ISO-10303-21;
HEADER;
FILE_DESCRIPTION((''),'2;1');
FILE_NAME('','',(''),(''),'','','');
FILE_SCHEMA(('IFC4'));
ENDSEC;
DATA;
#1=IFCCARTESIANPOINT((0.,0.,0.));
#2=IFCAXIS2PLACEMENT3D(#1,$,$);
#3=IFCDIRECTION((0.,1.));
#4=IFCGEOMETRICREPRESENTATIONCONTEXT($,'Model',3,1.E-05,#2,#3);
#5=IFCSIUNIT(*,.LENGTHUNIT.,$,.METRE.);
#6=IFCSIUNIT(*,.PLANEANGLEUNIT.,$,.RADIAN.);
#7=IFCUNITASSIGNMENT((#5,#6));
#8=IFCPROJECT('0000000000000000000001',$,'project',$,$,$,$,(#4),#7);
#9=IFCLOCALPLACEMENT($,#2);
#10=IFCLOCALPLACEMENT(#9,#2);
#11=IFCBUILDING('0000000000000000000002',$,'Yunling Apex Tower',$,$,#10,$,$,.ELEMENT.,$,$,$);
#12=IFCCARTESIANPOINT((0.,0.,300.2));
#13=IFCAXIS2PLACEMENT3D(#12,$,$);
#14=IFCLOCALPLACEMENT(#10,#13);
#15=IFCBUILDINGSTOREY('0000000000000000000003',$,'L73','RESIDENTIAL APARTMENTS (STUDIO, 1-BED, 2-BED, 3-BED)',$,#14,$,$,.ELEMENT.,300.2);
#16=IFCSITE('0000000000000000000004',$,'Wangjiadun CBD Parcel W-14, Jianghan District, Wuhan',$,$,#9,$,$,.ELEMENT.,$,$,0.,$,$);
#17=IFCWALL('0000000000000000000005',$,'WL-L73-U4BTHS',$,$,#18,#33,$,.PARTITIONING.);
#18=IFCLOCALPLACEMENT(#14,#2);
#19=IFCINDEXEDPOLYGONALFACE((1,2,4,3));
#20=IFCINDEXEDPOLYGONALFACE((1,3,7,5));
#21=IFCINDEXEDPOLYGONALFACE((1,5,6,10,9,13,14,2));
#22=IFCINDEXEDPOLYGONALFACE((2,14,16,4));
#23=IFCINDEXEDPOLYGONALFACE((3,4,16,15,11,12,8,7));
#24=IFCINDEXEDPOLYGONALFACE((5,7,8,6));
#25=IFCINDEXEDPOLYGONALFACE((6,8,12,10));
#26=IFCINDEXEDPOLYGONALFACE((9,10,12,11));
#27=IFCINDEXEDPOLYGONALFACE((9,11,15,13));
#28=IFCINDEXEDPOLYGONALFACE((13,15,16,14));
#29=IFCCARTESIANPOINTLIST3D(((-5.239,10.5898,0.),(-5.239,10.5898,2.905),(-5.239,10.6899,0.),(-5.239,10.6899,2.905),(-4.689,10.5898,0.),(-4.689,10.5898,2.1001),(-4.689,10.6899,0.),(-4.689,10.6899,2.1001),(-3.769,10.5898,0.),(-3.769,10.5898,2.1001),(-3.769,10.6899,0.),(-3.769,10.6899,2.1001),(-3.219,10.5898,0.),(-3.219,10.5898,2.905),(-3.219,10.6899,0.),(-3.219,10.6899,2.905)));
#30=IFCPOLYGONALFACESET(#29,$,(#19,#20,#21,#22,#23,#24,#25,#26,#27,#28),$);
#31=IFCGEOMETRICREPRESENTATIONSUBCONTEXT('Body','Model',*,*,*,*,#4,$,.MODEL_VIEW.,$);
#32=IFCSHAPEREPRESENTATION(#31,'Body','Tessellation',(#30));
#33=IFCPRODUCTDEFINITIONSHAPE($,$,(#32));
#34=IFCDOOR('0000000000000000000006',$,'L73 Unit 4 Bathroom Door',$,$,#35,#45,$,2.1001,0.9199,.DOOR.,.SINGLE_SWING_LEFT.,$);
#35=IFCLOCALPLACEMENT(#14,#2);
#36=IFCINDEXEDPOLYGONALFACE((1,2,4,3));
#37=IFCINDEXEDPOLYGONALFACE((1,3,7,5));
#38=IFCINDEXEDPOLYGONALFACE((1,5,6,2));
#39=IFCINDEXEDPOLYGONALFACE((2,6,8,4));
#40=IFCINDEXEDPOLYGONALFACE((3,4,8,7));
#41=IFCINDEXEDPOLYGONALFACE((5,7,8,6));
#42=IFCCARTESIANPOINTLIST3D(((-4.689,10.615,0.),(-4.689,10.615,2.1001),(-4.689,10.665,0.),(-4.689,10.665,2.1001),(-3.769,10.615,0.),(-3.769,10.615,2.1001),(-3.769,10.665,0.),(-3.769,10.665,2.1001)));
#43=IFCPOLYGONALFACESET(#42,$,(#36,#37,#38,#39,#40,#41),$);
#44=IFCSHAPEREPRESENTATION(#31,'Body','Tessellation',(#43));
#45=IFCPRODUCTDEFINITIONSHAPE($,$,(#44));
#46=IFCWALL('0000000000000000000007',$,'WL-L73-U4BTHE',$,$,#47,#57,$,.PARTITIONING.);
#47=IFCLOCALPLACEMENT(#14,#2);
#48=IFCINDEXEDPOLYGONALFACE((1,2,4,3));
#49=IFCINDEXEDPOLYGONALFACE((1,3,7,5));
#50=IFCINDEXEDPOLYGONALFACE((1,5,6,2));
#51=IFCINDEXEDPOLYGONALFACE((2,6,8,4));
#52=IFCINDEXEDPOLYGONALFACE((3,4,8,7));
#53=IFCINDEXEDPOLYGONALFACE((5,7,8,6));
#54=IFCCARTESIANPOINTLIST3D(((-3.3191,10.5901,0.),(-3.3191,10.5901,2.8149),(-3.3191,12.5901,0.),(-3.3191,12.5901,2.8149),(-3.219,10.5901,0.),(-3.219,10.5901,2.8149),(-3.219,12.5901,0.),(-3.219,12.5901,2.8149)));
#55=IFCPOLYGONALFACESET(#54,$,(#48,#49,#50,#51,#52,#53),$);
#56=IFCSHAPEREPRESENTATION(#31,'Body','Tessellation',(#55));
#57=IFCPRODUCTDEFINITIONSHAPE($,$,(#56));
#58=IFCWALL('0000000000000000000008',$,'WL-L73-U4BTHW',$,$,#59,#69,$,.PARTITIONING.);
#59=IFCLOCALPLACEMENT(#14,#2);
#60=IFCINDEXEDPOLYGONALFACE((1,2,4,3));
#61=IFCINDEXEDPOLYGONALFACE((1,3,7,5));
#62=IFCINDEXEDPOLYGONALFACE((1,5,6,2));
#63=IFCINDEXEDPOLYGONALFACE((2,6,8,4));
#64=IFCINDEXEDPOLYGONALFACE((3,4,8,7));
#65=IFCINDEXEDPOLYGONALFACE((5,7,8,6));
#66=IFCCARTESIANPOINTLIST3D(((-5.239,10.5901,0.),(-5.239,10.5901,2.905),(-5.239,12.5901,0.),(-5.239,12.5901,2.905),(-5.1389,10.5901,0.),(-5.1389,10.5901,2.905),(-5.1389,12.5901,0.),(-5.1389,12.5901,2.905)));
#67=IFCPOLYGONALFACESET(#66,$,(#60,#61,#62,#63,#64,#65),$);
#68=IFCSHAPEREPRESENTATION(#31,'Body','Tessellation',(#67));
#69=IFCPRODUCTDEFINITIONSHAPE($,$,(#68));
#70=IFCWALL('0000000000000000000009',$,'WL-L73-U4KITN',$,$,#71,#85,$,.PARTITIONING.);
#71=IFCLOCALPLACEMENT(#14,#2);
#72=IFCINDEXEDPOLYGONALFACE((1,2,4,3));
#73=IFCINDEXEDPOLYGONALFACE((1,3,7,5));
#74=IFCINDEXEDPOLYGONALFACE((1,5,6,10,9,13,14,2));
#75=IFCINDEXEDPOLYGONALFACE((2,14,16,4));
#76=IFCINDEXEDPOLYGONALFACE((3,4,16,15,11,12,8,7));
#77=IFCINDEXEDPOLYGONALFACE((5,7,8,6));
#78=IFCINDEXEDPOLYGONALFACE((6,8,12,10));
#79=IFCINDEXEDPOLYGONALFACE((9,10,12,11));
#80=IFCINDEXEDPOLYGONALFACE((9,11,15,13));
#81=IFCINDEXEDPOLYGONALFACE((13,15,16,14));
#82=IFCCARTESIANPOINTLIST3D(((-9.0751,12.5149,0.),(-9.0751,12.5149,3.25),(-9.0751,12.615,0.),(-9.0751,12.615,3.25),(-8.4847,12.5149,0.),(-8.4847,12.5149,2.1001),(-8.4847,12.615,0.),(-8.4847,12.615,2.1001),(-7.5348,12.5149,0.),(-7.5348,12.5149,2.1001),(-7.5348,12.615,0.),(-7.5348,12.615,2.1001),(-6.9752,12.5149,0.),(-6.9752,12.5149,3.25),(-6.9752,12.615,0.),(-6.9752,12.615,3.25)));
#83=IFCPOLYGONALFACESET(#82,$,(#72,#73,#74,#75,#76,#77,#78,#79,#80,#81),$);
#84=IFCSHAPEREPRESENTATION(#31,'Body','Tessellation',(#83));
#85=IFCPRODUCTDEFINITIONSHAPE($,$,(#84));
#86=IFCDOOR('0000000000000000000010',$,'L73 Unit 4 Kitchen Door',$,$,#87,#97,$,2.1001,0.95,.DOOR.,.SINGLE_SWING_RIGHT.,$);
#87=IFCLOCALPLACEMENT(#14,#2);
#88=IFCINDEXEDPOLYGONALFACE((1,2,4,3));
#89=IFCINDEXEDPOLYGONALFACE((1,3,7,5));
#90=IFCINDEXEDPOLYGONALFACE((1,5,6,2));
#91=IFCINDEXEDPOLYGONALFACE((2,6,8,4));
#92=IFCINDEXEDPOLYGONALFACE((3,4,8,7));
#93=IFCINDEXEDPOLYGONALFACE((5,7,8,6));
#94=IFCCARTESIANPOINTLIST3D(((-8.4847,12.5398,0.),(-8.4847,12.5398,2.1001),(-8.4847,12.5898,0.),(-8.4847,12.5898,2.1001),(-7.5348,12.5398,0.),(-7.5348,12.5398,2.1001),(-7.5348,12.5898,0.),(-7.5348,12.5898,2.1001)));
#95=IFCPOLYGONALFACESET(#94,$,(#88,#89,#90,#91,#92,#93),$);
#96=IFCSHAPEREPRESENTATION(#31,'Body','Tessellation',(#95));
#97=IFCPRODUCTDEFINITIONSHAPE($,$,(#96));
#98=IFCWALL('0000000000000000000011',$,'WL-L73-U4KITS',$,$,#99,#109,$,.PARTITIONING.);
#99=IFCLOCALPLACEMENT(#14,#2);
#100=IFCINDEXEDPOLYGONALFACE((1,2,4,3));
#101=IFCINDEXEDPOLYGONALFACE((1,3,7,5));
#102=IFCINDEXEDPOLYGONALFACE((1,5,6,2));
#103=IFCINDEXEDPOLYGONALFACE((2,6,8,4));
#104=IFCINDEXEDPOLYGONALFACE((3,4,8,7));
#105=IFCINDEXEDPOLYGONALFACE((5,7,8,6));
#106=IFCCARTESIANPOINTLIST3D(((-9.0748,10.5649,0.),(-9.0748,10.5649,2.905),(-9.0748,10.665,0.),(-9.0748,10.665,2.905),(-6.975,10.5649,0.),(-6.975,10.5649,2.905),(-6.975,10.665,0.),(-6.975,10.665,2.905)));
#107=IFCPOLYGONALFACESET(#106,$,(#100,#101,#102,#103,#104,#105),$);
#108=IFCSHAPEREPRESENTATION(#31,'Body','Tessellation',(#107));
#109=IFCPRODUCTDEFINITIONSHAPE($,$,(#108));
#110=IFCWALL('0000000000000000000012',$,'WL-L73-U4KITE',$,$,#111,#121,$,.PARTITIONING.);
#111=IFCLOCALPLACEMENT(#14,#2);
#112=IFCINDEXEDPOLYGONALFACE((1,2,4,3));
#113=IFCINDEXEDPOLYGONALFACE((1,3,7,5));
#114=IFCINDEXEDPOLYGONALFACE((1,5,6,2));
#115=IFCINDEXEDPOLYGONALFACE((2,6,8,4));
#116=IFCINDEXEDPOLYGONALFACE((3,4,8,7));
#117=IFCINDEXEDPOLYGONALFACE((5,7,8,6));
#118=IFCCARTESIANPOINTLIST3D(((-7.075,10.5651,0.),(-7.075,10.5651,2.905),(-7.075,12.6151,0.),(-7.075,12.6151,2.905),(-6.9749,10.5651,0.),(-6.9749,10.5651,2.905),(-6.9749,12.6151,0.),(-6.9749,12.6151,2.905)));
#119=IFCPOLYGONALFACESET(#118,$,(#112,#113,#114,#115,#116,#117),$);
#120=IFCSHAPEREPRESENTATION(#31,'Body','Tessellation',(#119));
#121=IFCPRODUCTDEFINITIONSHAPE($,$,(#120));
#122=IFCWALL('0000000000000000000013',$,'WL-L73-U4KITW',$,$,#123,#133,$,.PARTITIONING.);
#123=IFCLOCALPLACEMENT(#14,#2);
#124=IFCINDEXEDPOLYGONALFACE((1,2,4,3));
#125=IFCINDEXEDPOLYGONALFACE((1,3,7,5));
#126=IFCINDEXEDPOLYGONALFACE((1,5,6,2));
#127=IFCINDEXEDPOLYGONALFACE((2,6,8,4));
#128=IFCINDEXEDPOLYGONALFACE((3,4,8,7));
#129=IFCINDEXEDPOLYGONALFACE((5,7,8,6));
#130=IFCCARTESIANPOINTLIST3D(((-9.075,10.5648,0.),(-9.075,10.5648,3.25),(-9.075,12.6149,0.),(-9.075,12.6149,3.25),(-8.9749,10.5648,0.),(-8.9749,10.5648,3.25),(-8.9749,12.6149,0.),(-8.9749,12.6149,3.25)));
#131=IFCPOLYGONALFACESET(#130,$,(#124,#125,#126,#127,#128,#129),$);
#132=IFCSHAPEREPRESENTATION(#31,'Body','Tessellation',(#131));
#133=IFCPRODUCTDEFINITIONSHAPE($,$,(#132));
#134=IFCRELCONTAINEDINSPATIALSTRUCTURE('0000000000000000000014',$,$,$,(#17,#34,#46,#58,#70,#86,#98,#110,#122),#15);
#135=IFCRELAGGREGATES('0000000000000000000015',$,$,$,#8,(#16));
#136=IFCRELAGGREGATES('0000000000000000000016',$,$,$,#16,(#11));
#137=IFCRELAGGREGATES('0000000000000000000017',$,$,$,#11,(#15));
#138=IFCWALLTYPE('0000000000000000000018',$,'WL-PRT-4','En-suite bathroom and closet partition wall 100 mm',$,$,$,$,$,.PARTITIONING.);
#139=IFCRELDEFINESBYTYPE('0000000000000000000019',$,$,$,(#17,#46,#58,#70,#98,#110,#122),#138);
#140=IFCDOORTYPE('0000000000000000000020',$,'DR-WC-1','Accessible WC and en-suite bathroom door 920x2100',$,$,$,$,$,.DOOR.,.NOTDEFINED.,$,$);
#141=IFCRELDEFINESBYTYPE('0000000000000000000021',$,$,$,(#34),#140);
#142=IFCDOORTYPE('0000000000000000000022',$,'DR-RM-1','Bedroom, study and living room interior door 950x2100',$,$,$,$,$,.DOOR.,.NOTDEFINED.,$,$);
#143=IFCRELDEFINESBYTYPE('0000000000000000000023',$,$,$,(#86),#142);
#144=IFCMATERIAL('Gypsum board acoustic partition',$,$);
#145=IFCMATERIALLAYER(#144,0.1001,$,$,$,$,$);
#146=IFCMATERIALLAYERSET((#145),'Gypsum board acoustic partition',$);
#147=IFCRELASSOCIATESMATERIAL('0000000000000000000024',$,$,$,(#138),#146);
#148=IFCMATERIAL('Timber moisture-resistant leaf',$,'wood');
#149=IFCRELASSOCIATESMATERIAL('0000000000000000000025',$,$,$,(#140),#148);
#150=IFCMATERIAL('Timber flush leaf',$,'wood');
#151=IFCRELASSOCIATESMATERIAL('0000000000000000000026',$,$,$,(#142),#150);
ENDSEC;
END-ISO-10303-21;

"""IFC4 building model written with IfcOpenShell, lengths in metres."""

from ifc_helpers import new_model, si_unit, direction, frame, frame_2d, origin, place, context, subcontext, project, spatial, rectangle, extrude, material, layer, layer_set, type_object, element, fill, save


model = new_model("IFC4")

# Units and contexts
model_context = context("Model", 3, precision=1e-05, world=origin(), true_north=direction((0.0, 1.0)))
body_context = subcontext(model_context, "Body", "Model", "MODEL_VIEW")
ifc_project = project(units=[si_unit("LENGTHUNIT", "METRE"), si_unit("PLANEANGLEUNIT", "RADIAN")], contexts=[model_context])

# Site, building, storey
site_placement = place(None, origin())
site = spatial("IfcSite", under=ifc_project, at=site_placement, Name="Wangjiadun CBD Parcel W-14, Jianghan District, Wuhan", CompositionType="ELEMENT", RefElevation=0.0)
building_placement = place(site_placement, origin())
building = spatial("IfcBuilding", under=site, at=building_placement, Name="Yunling Apex Tower", CompositionType="ELEMENT")
storey_placement = place(building_placement, frame((0.0, 0.0, 300.2)))
storey = spatial("IfcBuildingStorey", under=building, at=storey_placement, Name="L73", Description="RESIDENTIAL APARTMENTS (STUDIO, 1-BED, 2-BED, 3-BED)", CompositionType="ELEMENT", Elevation=300.2)

# Shared definitions
ifc_material_1 = material(Name="Gypsum board acoustic partition")
ifc_layer_1 = layer(ifc_material_1, 0.1001)
ifc_layer_set_1 = layer_set([ifc_layer_1], Name="Gypsum board acoustic partition")
wall_type_1 = type_object("IfcWallType", Name="WL-PRT-4", Description="En-suite bathroom and closet partition wall 100 mm", PredefinedType="PARTITIONING", material=ifc_layer_set_1)

# Wall, opening, door
wall_1_placement = place(storey_placement, frame((-3.219, 10.6399, 0.0), z_axis=(0.0, 0.0, 1.0), x_axis=(-1.0, 0.0, 0.0)))
wall_1 = element("IfcWall", 1, at=wall_1_placement, inside=storey, type_object=wall_type_1, Name="WL-L73-U4BTHS", PredefinedType="PARTITIONING", context=body_context, shape_type="SweptSolid", body=[
    extrude(rectangle(XDim=2.02, YDim=0.1001, at=frame_2d((1.01, 0.0))), origin(), (0.0, 0.0, 1.0), 2.905),
])
opening_1_placement = place(wall_1_placement, frame((0.55, 0.0, 0.0)))
opening_1 = element("IfcOpeningElement", 2, at=opening_1_placement, cuts=wall_1, PredefinedType="OPENING", context=body_context, shape_type="SweptSolid", body=[
    extrude(rectangle(XDim=0.9199, YDim=2.1001, at=frame_2d((0.46, 1.05))), frame((0.0, 0.0601, 0.0), z_axis=(0.0, -1.0, 0.0), x_axis=(1.0, 0.0, 0.0)), (0.0, 0.0, 1.0), 0.1201),
])
ifc_material_2 = material(Name="Timber moisture-resistant leaf", Category="wood")
door_type_1 = type_object("IfcDoorType", Name="DR-WC-1", Description="Accessible WC and en-suite bathroom door 920x2100", OperationType="NOTDEFINED", PredefinedType="DOOR", material=ifc_material_2)
door_1_placement = place(opening_1_placement, origin())
door_1 = element("IfcDoor", 3, at=door_1_placement, inside=storey, type_object=door_type_1, Name="L73 Unit 4 Bathroom Door", OperationType="SINGLE_SWING_LEFT", OverallHeight=2.1001, OverallWidth=0.9199, PredefinedType="DOOR", context=body_context, shape_type="SweptSolid", body=[
    extrude(rectangle(XDim=0.9199, YDim=2.1001, at=frame_2d((0.46, 1.05))), frame((0.0, 0.0249, 0.0), z_axis=(0.0, -1.0, 0.0), x_axis=(1.0, 0.0, 0.0)), (0.0, 0.0, 1.0), 0.05),
])
fill(opening_1, door_1)

# Walls
wall_2_placement = place(storey_placement, frame((-3.269, 12.5901, 0.0), z_axis=(0.0, 0.0, 1.0), x_axis=(0.0, -1.0, 0.0)))
element("IfcWall", 4, at=wall_2_placement, inside=storey, type_object=wall_type_1, Name="WL-L73-U4BTHE", PredefinedType="PARTITIONING", context=body_context, shape_type="SweptSolid", body=[
    extrude(rectangle(XDim=2.0, YDim=0.1001, at=frame_2d((1.0, 0.0))), origin(), (0.0, 0.0, 1.0), 2.8149),
])
wall_3_placement = place(storey_placement, frame((-5.189, 10.5901, 0.0), z_axis=(0.0, 0.0, 1.0), x_axis=(0.0, 1.0, 0.0)))
element("IfcWall", 5, at=wall_3_placement, inside=storey, type_object=wall_type_1, Name="WL-L73-U4BTHW", PredefinedType="PARTITIONING", context=body_context, shape_type="SweptSolid", body=[
    extrude(rectangle(XDim=2.0, YDim=0.1001, at=frame_2d((1.0, 0.0))), origin(), (0.0, 0.0, 1.0), 2.905),
])

# Wall, opening, door
wall_4_placement = place(storey_placement, frame((-9.075, 12.5649, 0.0), z_axis=(0.0, 0.0, 1.0), x_axis=(1.0, 0.0, 0.0)))
wall_4 = element("IfcWall", 6, at=wall_4_placement, inside=storey, type_object=wall_type_1, Name="WL-L73-U4KITN", PredefinedType="PARTITIONING", context=body_context, shape_type="SweptSolid", body=[
    extrude(rectangle(XDim=2.0999, YDim=0.1001, at=frame_2d((1.0498, 0.0))), origin(), (0.0, 0.0, 1.0), 3.25),
])
opening_2_placement = place(wall_4_placement, frame((0.5901, 0.0, 0.0)))
opening_2 = element("IfcOpeningElement", 7, at=opening_2_placement, cuts=wall_4, PredefinedType="OPENING", context=body_context, shape_type="SweptSolid", body=[
    extrude(rectangle(XDim=0.95, YDim=2.1001, at=frame_2d((0.4751, 1.05))), frame((0.0, 0.0601, 0.0), z_axis=(0.0, -1.0, 0.0), x_axis=(1.0, 0.0, 0.0)), (0.0, 0.0, 1.0), 0.1201),
])
ifc_material_3 = material(Name="Timber flush leaf", Category="wood")
door_type_2 = type_object("IfcDoorType", Name="DR-RM-1", Description="Bedroom, study and living room interior door 950x2100", OperationType="NOTDEFINED", PredefinedType="DOOR", material=ifc_material_3)
door_2_placement = place(opening_2_placement, origin())
door_2 = element("IfcDoor", 8, at=door_2_placement, inside=storey, type_object=door_type_2, Name="L73 Unit 4 Kitchen Door", OperationType="SINGLE_SWING_RIGHT", OverallHeight=2.1001, OverallWidth=0.95, PredefinedType="DOOR", context=body_context, shape_type="SweptSolid", body=[
    extrude(rectangle(XDim=0.95, YDim=2.1001, at=frame_2d((0.4751, 1.05))), frame((0.0, 0.0249, 0.0), z_axis=(0.0, -1.0, 0.0), x_axis=(1.0, 0.0, 0.0)), (0.0, 0.0, 1.0), 0.05),
])
fill(opening_2, door_2)

# Walls
wall_5_placement = place(storey_placement, frame((-6.9751, 10.615, 0.0), z_axis=(0.0, 0.0, 1.0), x_axis=(-1.0, 0.0, 0.0)))
element("IfcWall", 9, at=wall_5_placement, inside=storey, type_object=wall_type_1, Name="WL-L73-U4KITS", PredefinedType="PARTITIONING", context=body_context, shape_type="SweptSolid", body=[
    extrude(rectangle(XDim=2.0999, YDim=0.1001, at=frame_2d((1.0498, 0.0))), origin(), (0.0, 0.0, 1.0), 2.905),
])
wall_6_placement = place(storey_placement, frame((-7.0249, 12.615, 0.0), z_axis=(0.0, 0.0, 1.0), x_axis=(0.0, -1.0, 0.0)))
element("IfcWall", 10, at=wall_6_placement, inside=storey, type_object=wall_type_1, Name="WL-L73-U4KITE", PredefinedType="PARTITIONING", context=body_context, shape_type="SweptSolid", body=[
    extrude(rectangle(XDim=2.05, YDim=0.1001, at=frame_2d((1.0249, 0.0))), origin(), (0.0, 0.0, 1.0), 2.905),
])
wall_7_placement = place(storey_placement, frame((-9.0249, 10.5649, 0.0), z_axis=(0.0, 0.0, 1.0), x_axis=(0.0, 1.0, 0.0)))
element("IfcWall", 11, at=wall_7_placement, inside=storey, type_object=wall_type_1, Name="WL-L73-U4KITW", PredefinedType="PARTITIONING", context=body_context, shape_type="SweptSolid", body=[
    extrude(rectangle(XDim=2.05, YDim=0.1001, at=frame_2d((1.0249, 0.0))), origin(), (0.0, 0.0, 1.0), 3.25),
])

save(model, "model.ifc")
